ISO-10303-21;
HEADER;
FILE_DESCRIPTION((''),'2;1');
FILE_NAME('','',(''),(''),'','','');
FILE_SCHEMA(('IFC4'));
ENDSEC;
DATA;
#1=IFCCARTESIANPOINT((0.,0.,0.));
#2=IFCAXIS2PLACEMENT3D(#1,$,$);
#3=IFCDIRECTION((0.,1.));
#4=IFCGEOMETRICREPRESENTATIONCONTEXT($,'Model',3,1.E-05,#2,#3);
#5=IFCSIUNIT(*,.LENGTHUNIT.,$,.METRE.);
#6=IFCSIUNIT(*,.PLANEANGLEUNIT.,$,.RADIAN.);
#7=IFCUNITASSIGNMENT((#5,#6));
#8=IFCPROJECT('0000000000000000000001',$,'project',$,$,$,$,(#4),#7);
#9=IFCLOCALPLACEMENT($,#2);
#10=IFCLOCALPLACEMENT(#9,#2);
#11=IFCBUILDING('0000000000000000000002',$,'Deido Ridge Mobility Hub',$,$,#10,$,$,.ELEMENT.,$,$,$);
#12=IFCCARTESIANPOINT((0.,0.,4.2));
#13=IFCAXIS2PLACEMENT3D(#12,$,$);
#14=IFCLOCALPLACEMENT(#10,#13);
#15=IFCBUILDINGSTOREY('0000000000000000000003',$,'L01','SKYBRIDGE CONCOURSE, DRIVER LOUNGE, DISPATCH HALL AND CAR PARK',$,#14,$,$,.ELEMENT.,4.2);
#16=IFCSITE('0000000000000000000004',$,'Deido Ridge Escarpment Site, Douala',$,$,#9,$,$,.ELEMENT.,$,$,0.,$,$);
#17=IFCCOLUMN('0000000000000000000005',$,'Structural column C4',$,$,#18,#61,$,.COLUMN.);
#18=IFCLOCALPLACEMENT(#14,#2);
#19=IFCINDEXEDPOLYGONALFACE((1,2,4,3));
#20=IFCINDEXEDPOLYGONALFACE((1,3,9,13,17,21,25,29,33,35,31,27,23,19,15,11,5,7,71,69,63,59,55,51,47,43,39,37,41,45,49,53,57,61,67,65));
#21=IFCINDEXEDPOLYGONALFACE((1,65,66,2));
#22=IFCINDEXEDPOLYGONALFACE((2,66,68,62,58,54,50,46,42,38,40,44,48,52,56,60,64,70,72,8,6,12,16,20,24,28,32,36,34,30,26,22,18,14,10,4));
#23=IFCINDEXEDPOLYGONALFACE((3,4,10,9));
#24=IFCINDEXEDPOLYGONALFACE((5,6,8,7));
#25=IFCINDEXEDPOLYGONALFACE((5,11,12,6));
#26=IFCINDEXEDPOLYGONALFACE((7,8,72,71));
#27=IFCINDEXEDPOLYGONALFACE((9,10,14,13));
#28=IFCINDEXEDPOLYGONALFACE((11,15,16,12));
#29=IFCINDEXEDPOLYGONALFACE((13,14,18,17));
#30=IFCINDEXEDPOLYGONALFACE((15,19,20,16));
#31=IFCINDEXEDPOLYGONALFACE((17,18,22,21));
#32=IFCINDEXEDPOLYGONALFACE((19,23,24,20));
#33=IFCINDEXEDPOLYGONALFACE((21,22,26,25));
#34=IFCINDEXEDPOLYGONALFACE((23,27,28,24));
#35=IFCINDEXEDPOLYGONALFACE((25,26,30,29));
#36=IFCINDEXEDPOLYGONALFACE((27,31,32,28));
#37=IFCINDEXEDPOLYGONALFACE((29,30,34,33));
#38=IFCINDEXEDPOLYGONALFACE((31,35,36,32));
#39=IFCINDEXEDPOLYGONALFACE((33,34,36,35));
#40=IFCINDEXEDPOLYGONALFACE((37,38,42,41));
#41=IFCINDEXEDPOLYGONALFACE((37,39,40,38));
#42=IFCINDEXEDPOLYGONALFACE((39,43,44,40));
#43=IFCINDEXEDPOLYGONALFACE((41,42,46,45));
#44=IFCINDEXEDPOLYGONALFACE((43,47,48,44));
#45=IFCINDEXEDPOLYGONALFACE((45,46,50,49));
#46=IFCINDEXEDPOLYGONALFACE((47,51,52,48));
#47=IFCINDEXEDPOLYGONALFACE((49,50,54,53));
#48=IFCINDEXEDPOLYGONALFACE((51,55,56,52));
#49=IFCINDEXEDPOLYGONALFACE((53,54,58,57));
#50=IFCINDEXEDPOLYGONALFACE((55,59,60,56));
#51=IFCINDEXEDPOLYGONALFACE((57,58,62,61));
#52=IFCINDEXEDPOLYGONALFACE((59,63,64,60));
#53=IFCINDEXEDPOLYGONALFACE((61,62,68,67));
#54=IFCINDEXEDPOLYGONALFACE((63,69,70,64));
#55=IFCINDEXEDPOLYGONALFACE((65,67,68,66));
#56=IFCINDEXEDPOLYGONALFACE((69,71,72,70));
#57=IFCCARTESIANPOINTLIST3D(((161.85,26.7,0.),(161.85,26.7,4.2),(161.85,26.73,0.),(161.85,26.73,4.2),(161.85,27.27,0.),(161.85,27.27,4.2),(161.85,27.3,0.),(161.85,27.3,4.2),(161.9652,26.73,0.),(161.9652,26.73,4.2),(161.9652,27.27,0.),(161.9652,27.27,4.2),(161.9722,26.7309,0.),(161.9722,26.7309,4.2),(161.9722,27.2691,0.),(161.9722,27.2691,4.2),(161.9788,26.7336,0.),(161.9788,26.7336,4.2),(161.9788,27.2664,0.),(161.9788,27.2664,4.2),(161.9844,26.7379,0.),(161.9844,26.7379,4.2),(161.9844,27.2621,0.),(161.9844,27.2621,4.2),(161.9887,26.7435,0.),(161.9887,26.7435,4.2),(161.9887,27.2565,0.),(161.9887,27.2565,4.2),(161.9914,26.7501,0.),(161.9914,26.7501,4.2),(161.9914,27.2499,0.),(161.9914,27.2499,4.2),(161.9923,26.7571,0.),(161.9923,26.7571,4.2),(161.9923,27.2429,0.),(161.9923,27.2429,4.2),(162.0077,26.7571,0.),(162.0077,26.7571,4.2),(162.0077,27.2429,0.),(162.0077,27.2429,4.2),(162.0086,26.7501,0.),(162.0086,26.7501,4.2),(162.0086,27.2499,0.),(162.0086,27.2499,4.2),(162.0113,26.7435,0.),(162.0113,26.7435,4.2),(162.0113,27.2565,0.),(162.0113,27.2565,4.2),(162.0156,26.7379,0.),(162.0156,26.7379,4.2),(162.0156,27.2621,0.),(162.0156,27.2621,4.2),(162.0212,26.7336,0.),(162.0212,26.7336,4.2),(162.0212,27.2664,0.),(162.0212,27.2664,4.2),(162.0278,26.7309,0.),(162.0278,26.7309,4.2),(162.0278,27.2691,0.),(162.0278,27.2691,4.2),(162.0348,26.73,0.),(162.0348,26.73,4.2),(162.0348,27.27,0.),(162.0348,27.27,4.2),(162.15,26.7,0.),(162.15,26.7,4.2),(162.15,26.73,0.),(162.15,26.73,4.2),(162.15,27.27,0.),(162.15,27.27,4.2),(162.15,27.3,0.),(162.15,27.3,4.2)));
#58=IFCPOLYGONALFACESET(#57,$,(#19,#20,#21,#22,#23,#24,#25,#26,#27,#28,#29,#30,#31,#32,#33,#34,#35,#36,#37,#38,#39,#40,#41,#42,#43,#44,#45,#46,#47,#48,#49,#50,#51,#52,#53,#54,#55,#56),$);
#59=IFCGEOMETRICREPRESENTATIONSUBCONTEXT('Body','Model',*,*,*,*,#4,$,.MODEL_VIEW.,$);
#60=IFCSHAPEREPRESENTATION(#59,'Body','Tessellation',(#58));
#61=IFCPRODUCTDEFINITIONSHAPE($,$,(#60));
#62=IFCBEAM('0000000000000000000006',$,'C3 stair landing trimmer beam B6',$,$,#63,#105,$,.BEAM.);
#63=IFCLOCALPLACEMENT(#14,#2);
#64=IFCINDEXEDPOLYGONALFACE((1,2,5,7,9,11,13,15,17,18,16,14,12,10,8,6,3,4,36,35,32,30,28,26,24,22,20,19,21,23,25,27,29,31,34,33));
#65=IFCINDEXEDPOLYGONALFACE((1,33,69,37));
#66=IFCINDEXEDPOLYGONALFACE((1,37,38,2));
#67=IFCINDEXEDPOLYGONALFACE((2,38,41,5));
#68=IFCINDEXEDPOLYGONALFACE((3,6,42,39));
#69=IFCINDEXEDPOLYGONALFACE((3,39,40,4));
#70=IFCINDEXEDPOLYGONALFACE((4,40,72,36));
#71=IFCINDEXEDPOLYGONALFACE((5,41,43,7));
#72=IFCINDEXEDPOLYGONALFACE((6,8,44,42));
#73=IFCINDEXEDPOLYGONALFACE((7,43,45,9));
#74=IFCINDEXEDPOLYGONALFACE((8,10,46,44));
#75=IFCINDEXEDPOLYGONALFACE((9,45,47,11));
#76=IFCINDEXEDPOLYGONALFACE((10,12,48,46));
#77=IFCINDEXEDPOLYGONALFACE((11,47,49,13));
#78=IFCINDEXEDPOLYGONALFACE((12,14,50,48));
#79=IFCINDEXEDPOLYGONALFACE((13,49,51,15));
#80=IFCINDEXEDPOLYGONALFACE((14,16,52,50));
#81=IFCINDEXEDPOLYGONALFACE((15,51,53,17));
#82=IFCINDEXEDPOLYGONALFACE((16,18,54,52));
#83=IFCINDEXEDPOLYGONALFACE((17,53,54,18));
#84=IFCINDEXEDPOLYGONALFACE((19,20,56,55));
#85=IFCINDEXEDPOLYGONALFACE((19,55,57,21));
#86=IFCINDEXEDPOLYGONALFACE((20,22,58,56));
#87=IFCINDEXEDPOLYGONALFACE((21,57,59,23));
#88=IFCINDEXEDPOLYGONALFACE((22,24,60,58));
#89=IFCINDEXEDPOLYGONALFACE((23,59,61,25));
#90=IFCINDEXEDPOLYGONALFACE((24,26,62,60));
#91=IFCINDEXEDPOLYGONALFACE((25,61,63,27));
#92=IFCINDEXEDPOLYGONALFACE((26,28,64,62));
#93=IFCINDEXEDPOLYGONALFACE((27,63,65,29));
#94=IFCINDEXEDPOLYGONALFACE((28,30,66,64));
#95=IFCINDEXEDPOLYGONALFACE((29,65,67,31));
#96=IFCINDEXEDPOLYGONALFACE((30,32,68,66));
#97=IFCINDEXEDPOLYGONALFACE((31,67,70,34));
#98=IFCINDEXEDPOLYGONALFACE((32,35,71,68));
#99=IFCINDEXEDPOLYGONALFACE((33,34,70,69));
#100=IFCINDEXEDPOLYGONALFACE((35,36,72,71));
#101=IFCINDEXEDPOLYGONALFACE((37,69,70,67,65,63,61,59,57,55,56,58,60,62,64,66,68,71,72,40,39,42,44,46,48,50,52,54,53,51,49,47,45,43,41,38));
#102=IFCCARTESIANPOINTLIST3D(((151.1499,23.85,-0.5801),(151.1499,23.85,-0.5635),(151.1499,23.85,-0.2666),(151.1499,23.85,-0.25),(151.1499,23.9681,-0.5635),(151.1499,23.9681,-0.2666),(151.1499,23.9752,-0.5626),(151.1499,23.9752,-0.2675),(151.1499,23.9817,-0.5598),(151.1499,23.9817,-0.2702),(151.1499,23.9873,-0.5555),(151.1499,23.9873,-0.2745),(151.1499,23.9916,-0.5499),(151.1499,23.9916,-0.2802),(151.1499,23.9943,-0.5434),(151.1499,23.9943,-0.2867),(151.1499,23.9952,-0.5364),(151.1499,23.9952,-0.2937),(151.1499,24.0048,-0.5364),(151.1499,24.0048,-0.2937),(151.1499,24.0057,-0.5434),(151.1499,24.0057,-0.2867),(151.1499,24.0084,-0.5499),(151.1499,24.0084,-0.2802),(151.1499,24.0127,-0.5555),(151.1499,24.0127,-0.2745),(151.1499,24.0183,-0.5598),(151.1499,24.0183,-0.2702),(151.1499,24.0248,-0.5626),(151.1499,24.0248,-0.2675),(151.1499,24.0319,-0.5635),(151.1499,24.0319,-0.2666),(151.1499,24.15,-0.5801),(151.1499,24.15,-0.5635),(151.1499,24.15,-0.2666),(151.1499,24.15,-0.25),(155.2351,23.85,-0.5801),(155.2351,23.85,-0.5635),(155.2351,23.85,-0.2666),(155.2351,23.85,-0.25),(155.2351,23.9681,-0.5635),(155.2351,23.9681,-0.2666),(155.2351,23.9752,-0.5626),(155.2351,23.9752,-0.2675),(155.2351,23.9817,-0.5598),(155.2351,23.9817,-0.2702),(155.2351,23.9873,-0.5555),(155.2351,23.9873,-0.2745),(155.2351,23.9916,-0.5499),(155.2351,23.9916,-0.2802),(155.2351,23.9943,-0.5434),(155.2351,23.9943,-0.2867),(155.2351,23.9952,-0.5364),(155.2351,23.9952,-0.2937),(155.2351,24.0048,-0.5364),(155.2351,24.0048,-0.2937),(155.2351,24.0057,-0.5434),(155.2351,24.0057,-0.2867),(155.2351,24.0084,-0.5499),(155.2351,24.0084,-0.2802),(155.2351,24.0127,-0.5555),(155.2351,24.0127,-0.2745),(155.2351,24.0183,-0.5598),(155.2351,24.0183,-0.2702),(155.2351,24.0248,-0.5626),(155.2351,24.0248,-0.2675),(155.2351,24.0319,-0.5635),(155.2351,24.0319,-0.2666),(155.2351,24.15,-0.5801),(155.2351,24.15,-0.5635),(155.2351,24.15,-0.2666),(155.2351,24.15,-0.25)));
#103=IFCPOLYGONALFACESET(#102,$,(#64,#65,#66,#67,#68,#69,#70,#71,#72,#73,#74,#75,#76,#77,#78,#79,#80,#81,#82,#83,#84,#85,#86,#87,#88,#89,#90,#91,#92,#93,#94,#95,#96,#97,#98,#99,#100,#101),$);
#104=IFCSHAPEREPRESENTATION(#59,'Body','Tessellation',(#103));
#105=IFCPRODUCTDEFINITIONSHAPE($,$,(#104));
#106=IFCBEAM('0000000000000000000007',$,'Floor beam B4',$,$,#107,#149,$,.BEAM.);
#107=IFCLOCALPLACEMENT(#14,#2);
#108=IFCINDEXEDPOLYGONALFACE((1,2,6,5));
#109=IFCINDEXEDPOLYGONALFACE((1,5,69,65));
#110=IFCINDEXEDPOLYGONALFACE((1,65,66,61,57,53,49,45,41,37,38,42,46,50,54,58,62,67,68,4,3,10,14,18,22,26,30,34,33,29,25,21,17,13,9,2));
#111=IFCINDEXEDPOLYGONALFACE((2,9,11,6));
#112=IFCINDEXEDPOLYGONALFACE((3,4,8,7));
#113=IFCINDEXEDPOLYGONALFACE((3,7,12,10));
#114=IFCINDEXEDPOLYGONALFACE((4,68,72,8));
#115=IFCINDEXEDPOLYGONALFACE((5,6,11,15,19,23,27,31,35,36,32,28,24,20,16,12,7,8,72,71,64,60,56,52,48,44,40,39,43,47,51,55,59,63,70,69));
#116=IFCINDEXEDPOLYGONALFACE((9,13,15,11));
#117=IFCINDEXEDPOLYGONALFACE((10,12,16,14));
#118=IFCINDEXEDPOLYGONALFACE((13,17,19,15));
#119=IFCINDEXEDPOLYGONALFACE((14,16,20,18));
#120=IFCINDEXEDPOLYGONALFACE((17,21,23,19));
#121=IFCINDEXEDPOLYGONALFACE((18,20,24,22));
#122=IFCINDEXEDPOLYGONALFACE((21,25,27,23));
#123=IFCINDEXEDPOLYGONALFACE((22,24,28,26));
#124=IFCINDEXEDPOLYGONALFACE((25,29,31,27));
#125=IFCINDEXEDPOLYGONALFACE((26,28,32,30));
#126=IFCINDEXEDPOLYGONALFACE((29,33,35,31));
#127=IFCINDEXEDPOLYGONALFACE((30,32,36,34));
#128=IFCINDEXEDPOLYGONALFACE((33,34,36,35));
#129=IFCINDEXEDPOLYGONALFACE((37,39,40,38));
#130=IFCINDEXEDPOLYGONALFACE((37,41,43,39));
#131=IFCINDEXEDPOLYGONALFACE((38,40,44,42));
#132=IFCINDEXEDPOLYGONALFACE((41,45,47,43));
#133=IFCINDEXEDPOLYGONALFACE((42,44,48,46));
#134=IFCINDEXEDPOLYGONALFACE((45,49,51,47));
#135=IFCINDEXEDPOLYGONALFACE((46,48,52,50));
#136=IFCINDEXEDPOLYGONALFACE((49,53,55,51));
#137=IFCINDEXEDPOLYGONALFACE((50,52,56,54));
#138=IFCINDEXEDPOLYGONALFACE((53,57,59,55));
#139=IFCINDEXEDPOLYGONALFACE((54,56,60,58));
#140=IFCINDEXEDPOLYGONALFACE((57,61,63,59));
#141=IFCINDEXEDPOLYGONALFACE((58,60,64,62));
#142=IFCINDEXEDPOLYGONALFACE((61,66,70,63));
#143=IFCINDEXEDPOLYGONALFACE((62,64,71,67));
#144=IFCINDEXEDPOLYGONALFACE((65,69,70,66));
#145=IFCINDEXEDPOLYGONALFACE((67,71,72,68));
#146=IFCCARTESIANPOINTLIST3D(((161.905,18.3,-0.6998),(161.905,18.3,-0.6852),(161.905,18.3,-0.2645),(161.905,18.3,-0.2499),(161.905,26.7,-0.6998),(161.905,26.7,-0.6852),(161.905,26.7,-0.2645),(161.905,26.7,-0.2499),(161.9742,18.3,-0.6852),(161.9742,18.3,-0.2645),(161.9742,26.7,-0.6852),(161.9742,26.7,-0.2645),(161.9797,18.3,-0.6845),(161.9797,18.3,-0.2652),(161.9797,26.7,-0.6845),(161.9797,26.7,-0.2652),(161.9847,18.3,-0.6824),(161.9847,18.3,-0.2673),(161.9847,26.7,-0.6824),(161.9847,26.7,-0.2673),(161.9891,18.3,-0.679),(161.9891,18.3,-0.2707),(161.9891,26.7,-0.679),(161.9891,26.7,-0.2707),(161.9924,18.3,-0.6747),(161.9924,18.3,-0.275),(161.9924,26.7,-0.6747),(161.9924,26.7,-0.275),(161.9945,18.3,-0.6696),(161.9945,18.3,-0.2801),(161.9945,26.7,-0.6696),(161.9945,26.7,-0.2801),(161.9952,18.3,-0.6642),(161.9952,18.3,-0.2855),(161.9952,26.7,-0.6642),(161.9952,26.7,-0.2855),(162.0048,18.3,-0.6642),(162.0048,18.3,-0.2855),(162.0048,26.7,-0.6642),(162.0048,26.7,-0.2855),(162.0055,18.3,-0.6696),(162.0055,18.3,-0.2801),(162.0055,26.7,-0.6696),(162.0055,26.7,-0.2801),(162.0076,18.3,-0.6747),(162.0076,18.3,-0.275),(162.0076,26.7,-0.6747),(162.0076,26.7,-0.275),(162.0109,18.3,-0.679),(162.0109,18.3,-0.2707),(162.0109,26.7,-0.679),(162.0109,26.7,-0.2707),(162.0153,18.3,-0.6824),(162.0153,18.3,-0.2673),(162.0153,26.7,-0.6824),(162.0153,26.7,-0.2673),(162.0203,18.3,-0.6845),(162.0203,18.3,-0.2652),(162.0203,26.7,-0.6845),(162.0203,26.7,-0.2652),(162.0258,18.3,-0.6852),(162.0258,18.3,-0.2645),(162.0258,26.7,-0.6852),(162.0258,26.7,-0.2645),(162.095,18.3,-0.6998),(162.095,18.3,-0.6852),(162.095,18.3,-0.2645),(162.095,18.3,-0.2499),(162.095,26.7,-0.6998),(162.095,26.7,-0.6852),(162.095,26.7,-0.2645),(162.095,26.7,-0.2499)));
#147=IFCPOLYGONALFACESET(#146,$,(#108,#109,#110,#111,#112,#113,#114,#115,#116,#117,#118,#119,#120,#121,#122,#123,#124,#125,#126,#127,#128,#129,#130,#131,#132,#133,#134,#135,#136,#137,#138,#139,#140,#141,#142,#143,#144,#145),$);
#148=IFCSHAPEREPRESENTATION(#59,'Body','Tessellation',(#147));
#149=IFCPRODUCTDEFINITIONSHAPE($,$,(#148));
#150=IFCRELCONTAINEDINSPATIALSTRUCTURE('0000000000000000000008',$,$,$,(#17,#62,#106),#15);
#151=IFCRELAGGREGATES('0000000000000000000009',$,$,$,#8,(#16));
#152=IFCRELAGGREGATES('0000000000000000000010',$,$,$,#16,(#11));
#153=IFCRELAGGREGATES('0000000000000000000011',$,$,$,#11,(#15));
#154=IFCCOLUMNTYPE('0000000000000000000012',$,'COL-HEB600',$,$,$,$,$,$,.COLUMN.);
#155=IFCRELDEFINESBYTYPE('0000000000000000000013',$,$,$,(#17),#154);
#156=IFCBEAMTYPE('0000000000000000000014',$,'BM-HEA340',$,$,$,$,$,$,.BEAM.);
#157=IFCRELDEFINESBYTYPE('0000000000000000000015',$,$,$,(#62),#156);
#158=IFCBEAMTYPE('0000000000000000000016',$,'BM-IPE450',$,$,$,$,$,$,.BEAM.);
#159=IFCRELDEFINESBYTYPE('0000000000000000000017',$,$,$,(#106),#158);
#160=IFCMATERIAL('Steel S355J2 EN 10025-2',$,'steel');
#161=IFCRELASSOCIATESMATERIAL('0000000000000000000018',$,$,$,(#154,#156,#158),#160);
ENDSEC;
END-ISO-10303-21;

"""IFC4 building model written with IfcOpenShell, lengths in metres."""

from ifc_helpers import new_model, si_unit, direction, frame, origin, origin_2d, place, context, subcontext, project, spatial, i_section, extrude, material, material_profile, profile_set, type_object, element, save


model = new_model("IFC4")

# Units and contexts
model_context = context("Model", 3, precision=1e-05, world=origin(), true_north=direction((0.0, 1.0)))
body_context = subcontext(model_context, "Body", "Model", "MODEL_VIEW")
ifc_project = project(units=[si_unit("LENGTHUNIT", "METRE"), si_unit("PLANEANGLEUNIT", "RADIAN")], contexts=[model_context])

# Site, building, storey
site_placement = place(None, origin())
site = spatial("IfcSite", under=ifc_project, at=site_placement, Name="Deido Ridge Escarpment Site, Douala", CompositionType="ELEMENT", RefElevation=0.0)
building_placement = place(site_placement, origin())
building = spatial("IfcBuilding", under=site, at=building_placement, Name="Deido Ridge Mobility Hub", CompositionType="ELEMENT")
storey_placement = place(building_placement, frame((0.0, 0.0, 4.2)))
storey = spatial("IfcBuildingStorey", under=building, at=storey_placement, Name="L01", Description="SKYBRIDGE CONCOURSE, DRIVER LOUNGE, DISPATCH HALL AND CAR PARK", CompositionType="ELEMENT", Elevation=4.2)

# Column
ifc_material_1 = material(Name="Steel S355J2 EN 10025-2", Category="steel")
ifc_material_profile_1 = material_profile(ifc_material_1, i_section(OverallWidth=0.3, OverallDepth=0.6001, WebThickness=0.0154, FlangeThickness=0.03, FilletRadius=0.0271, at=origin_2d()), Name="HEB 600")
ifc_profile_set_1 = profile_set([ifc_material_profile_1], Name="Steel S355J2 EN 10025-2")
column_type = type_object("IfcColumnType", Name="COL-HEB600", PredefinedType="COLUMN", material=ifc_profile_set_1)
column_placement = place(storey_placement, frame((162.0, 27.0, 0.0), z_axis=(0.0, 0.0, 1.0), x_axis=(1.0, 0.0, 0.0)))
element("IfcColumn", 1, at=column_placement, inside=storey, type_object=column_type, Name="Structural column C4", PredefinedType="COLUMN", context=body_context, shape_type="SweptSolid", body=[
    extrude(i_section(OverallWidth=0.3, OverallDepth=0.6001, WebThickness=0.0154, FlangeThickness=0.03, FilletRadius=0.0271, at=origin_2d()), origin(), (0.0, 0.0, 1.0), 4.2),
])

# Beams
ifc_material_profile_2 = material_profile(ifc_material_1, i_section(OverallWidth=0.3, OverallDepth=0.3301, WebThickness=0.0095, FlangeThickness=0.0166, FilletRadius=0.0271, at=origin_2d()), Name="HEA 340")
ifc_profile_set_2 = profile_set([ifc_material_profile_2], Name="Steel S355J2 EN 10025-2")
beam_type_1 = type_object("IfcBeamType", Name="BM-HEA340", PredefinedType="BEAM", material=ifc_profile_set_2)
beam_1_placement = place(storey_placement, frame((151.1499, 24.0, -0.415), z_axis=(1.0, 0.0, 0.0), x_axis=(0.0, 1.0, 0.0)))
element("IfcBeam", 2, at=beam_1_placement, inside=storey, type_object=beam_type_1, Name="C3 stair landing trimmer beam B6", PredefinedType="BEAM", context=body_context, shape_type="SweptSolid", body=[
    extrude(i_section(OverallWidth=0.3, OverallDepth=0.3301, WebThickness=0.0095, FlangeThickness=0.0166, FilletRadius=0.0271, at=origin_2d()), origin(), (0.0, 0.0, 1.0), 4.0852),
])
ifc_material_profile_3 = material_profile(ifc_material_1, i_section(OverallWidth=0.1899, OverallDepth=0.45, WebThickness=0.0095, FlangeThickness=0.0146, FilletRadius=0.021, at=origin_2d()), Name="IPE 450")
ifc_profile_set_3 = profile_set([ifc_material_profile_3], Name="Steel S355J2 EN 10025-2")
beam_type_2 = type_object("IfcBeamType", Name="BM-IPE450", PredefinedType="BEAM", material=ifc_profile_set_3)
beam_2_placement = place(storey_placement, frame((162.0, 18.3, -0.4749), z_axis=(0.0, 1.0, 0.0), x_axis=(-1.0, 0.0, 0.0)))
element("IfcBeam", 3, at=beam_2_placement, inside=storey, type_object=beam_type_2, Name="Floor beam B4", PredefinedType="BEAM", context=body_context, shape_type="SweptSolid", body=[
    extrude(i_section(OverallWidth=0.1899, OverallDepth=0.45, WebThickness=0.0095, FlangeThickness=0.0146, FilletRadius=0.021, at=origin_2d()), origin(), (0.0, 0.0, 1.0), 8.3999),
])

save(model, "model.ifc")
